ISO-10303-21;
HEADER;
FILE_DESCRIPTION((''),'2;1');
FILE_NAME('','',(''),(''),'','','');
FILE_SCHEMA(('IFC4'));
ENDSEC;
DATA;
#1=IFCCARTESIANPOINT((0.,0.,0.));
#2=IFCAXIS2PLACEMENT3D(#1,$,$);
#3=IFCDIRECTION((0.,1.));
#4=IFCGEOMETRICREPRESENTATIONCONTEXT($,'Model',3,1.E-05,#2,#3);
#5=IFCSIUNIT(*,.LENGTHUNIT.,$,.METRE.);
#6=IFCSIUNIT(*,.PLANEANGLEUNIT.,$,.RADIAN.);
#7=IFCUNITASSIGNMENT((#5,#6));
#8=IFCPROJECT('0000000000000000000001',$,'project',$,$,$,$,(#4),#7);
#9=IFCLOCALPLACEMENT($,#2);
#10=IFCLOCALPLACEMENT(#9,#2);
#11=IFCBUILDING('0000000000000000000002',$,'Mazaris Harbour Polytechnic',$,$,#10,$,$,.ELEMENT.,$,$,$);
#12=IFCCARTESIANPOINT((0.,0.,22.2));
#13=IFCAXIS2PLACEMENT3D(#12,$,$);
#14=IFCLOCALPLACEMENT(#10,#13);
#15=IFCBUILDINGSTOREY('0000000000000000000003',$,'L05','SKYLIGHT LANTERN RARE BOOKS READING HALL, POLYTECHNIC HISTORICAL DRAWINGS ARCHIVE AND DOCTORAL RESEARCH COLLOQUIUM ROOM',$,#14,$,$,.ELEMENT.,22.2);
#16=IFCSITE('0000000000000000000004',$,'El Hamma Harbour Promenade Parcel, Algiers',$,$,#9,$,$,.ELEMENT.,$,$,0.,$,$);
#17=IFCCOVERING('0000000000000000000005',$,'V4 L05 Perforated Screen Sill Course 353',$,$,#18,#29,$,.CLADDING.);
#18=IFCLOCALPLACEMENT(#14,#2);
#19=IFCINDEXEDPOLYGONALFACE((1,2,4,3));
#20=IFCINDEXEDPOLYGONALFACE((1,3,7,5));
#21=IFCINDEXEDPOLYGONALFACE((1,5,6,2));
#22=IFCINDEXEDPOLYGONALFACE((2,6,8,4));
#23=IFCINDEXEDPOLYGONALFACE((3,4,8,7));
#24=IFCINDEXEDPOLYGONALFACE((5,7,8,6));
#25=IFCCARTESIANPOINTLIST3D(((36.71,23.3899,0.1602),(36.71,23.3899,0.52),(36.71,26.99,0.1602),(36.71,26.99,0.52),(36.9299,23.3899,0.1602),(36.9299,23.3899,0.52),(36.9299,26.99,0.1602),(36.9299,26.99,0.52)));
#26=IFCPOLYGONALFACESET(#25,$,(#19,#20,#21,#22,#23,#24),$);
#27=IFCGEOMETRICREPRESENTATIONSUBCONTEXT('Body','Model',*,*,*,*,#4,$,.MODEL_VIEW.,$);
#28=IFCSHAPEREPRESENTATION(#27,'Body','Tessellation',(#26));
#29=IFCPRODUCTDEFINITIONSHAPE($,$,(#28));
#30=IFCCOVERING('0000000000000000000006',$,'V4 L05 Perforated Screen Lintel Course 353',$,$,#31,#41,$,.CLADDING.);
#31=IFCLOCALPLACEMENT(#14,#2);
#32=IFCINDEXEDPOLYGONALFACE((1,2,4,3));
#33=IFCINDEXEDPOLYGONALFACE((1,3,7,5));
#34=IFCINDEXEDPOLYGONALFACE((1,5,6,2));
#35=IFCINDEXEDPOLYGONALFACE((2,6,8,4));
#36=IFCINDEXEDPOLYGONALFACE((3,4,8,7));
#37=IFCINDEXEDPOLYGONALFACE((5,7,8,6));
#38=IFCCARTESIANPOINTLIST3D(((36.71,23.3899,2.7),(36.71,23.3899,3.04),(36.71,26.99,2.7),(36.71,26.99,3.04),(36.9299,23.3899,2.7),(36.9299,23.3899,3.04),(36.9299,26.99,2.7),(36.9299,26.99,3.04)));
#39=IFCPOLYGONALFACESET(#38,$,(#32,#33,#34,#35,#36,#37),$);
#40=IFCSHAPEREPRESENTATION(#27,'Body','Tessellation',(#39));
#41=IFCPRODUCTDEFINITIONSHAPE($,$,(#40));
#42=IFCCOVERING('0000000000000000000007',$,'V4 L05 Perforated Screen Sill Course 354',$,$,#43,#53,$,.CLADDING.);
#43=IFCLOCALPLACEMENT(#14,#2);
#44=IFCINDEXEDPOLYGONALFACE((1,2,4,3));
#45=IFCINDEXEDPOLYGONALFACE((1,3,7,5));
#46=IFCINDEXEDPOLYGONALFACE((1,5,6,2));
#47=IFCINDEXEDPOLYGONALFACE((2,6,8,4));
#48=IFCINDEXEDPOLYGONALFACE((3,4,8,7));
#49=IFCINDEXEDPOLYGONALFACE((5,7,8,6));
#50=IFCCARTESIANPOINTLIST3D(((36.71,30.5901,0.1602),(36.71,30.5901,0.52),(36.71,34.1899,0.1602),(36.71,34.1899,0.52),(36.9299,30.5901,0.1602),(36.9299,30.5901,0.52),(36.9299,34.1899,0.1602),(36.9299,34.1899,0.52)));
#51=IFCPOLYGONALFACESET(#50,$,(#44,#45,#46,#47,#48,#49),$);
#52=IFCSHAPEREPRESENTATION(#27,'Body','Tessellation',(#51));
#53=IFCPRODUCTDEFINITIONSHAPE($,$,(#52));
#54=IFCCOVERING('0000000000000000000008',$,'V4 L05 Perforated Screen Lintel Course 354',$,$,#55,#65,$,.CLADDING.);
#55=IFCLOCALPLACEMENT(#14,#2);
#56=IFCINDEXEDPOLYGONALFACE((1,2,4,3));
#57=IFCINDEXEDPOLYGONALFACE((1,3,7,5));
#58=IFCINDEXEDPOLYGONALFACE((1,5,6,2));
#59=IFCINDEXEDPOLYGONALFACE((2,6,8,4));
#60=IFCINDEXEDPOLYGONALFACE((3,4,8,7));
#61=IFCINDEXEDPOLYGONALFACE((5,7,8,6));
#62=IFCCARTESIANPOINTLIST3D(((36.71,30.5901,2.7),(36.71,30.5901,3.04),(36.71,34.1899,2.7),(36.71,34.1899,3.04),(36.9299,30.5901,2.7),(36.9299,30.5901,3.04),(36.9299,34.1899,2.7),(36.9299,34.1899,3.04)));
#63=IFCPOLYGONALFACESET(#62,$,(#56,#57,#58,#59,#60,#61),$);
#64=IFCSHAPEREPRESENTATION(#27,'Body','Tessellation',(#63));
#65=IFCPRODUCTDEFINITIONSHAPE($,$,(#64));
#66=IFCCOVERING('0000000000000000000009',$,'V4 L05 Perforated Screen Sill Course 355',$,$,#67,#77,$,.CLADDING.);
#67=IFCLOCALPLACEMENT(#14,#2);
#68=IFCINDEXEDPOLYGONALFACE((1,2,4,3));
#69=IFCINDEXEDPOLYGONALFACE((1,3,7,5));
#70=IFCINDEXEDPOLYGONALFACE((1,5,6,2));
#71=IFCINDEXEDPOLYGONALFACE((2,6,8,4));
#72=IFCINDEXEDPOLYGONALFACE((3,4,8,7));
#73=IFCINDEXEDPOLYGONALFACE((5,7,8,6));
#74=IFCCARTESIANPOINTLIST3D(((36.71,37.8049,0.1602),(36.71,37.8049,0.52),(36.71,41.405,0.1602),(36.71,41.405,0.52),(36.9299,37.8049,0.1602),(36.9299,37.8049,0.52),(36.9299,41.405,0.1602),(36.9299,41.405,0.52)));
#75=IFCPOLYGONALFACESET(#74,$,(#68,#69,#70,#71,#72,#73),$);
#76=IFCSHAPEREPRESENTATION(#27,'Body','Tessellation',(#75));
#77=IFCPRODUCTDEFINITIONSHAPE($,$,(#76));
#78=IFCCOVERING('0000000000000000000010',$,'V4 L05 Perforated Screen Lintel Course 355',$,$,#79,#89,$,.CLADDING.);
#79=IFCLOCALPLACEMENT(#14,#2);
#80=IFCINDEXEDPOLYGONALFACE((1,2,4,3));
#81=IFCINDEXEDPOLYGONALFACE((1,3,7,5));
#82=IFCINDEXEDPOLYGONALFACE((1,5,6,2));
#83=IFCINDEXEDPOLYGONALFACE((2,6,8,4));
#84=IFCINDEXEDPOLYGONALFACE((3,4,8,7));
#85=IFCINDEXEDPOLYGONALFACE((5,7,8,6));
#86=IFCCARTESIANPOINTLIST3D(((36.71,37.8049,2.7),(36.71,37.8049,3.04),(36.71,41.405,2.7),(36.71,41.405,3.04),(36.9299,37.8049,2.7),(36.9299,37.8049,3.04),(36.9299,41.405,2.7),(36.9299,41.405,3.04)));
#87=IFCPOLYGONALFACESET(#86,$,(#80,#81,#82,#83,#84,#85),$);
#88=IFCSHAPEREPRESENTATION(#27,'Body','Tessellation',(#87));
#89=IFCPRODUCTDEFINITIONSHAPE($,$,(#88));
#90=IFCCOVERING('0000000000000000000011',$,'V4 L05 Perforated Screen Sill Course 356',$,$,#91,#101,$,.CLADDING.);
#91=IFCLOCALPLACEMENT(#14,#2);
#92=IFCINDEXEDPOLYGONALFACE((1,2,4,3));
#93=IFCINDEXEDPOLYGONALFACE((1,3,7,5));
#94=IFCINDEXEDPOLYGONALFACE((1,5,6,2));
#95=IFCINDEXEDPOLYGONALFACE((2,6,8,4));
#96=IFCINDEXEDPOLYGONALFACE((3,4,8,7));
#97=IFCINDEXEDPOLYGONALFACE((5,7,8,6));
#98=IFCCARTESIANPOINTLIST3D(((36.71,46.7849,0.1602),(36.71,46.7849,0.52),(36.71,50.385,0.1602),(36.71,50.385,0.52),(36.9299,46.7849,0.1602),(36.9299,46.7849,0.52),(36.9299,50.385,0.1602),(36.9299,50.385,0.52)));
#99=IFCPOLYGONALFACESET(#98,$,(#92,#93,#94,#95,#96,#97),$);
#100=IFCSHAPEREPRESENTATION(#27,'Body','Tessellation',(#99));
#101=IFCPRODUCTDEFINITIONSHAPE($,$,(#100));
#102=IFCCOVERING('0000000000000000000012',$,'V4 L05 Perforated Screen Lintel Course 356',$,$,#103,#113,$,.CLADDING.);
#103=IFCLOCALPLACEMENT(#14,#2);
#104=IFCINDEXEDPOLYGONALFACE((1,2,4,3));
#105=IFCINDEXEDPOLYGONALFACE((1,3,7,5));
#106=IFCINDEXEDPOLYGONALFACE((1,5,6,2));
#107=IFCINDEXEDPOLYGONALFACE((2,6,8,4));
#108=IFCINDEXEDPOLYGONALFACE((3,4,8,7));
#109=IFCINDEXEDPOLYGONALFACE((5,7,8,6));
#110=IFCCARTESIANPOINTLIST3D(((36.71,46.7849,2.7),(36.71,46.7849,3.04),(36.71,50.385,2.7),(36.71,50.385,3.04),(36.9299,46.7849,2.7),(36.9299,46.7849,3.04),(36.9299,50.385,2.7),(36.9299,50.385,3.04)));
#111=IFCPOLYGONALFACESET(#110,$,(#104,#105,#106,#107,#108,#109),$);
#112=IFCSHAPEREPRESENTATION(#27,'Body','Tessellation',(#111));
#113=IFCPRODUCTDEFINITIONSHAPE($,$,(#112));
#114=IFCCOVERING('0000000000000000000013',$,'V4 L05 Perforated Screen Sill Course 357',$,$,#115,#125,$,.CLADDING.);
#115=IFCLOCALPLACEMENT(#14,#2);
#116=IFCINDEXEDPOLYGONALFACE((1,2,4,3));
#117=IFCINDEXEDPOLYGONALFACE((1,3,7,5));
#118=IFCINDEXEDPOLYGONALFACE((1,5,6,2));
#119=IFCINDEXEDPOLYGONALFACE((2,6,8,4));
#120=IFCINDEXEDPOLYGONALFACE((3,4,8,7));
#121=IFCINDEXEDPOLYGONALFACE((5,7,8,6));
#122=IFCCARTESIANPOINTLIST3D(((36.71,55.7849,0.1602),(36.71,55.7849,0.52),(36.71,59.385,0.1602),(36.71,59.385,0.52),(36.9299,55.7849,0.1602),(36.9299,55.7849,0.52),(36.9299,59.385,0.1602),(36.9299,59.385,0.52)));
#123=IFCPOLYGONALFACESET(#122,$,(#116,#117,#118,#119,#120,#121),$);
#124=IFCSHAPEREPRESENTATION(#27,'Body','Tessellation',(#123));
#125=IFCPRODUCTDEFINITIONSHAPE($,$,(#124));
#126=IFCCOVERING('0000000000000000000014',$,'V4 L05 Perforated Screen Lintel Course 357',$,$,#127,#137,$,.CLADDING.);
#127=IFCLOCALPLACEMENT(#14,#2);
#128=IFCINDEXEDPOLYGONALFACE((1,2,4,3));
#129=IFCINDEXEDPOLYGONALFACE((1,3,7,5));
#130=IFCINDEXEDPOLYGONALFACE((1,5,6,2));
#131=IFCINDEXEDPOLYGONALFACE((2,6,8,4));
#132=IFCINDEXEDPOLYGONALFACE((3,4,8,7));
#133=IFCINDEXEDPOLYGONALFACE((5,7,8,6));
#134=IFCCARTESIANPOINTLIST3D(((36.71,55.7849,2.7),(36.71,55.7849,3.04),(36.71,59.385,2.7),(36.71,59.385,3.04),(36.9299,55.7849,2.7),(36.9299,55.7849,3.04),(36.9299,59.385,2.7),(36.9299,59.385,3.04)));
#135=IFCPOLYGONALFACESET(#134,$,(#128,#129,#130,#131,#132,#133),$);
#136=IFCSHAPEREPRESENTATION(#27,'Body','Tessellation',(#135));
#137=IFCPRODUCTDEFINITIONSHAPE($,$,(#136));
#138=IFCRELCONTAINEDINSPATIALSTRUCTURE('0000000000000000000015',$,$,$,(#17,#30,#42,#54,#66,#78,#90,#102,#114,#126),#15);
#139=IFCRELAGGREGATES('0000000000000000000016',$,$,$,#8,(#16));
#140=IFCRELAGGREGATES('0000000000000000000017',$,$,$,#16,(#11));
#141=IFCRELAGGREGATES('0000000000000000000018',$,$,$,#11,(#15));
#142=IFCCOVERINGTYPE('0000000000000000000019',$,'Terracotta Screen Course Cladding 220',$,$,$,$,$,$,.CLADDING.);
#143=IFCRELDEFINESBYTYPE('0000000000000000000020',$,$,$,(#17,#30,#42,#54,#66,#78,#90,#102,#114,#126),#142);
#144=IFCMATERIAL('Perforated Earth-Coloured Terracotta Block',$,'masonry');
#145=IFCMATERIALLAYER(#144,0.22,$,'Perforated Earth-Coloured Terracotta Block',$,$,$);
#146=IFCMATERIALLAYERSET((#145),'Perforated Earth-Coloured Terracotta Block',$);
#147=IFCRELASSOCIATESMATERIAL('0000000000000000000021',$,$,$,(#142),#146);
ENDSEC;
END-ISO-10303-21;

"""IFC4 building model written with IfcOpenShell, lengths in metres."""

from ifc_helpers import new_model, si_unit, direction, frame, origin, place, context, subcontext, project, spatial, polyline, outline, extrude, material, layer, layer_set, type_object, element, save


model = new_model("IFC4")

# Units and contexts
model_context = context("Model", 3, precision=1e-05, world=origin(), true_north=direction((0.0, 1.0)))
body_context = subcontext(model_context, "Body", "Model", "MODEL_VIEW")
ifc_project = project(units=[si_unit("LENGTHUNIT", "METRE"), si_unit("PLANEANGLEUNIT", "RADIAN")], contexts=[model_context])

# Site, building, storey
site_placement = place(None, origin())
site = spatial("IfcSite", under=ifc_project, at=site_placement, Name="El Hamma Harbour Promenade Parcel, Algiers", CompositionType="ELEMENT", RefElevation=0.0)
building_placement = place(site_placement, origin())
building = spatial("IfcBuilding", under=site, at=building_placement, Name="Mazaris Harbour Polytechnic", CompositionType="ELEMENT")
storey_placement = place(building_placement, frame((0.0, 0.0, 22.2)))
storey = spatial("IfcBuildingStorey", under=building, at=storey_placement, Name="L05", Description="SKYLIGHT LANTERN RARE BOOKS READING HALL, POLYTECHNIC HISTORICAL DRAWINGS ARCHIVE AND DOCTORAL RESEARCH COLLOQUIUM ROOM", CompositionType="ELEMENT", Elevation=22.2)

# Coverings
ifc_material_1 = material(Name="Perforated Earth-Coloured Terracotta Block", Category="masonry")
ifc_layer_1 = layer(ifc_material_1, 0.22, Name="Perforated Earth-Coloured Terracotta Block")
ifc_layer_set_1 = layer_set([ifc_layer_1], Name="Perforated Earth-Coloured Terracotta Block")
covering_type_1 = type_object("IfcCoveringType", Name="Terracotta Screen Course Cladding 220", PredefinedType="CLADDING", material=ifc_layer_set_1)
covering_1_placement = place(storey_placement, frame((0.0, 0.0, 0.1602)))
element("IfcCovering", 1, at=covering_1_placement, inside=storey, type_object=covering_type_1, Name="V4 L05 Perforated Screen Sill Course 353", PredefinedType="CLADDING", context=body_context, shape_type="SweptSolid", body=[
    extrude(outline(polyline([(36.71, 26.99), (36.71, 23.3899), (36.9299, 23.3899), (36.9299, 26.99), (36.71, 26.99)])), origin(), (0.0, 0.0, 1.0), 0.3599),
])
covering_2_placement = place(storey_placement, frame((0.0, 0.0, 2.7)))
element("IfcCovering", 2, at=covering_2_placement, inside=storey, type_object=covering_type_1, Name="V4 L05 Perforated Screen Lintel Course 353", PredefinedType="CLADDING", context=body_context, shape_type="SweptSolid", body=[
    extrude(outline(polyline([(36.71, 26.99), (36.71, 23.3899), (36.9299, 23.3899), (36.9299, 26.99), (36.71, 26.99)])), origin(), (0.0, 0.0, 1.0), 0.3401),
])
covering_3_placement = place(storey_placement, frame((0.0, 0.0, 0.1602)))
element("IfcCovering", 3, at=covering_3_placement, inside=storey, type_object=covering_type_1, Name="V4 L05 Perforated Screen Sill Course 354", PredefinedType="CLADDING", context=body_context, shape_type="SweptSolid", body=[
    extrude(outline(polyline([(36.71, 34.1899), (36.71, 30.5901), (36.9299, 30.5901), (36.9299, 34.1899), (36.71, 34.1899)])), origin(), (0.0, 0.0, 1.0), 0.3599),
])
covering_4_placement = place(storey_placement, frame((0.0, 0.0, 2.7)))
element("IfcCovering", 4, at=covering_4_placement, inside=storey, type_object=covering_type_1, Name="V4 L05 Perforated Screen Lintel Course 354", PredefinedType="CLADDING", context=body_context, shape_type="SweptSolid", body=[
    extrude(outline(polyline([(36.71, 34.1899), (36.71, 30.5901), (36.9299, 30.5901), (36.9299, 34.1899), (36.71, 34.1899)])), origin(), (0.0, 0.0, 1.0), 0.3401),
])
covering_5_placement = place(storey_placement, frame((0.0, 0.0, 0.1602)))
element("IfcCovering", 5, at=covering_5_placement, inside=storey, type_object=covering_type_1, Name="V4 L05 Perforated Screen Sill Course 355", PredefinedType="CLADDING", context=body_context, shape_type="SweptSolid", body=[
    extrude(outline(polyline([(36.71, 41.405), (36.71, 37.8049), (36.9299, 37.8049), (36.9299, 41.405), (36.71, 41.405)])), origin(), (0.0, 0.0, 1.0), 0.3599),
])
covering_6_placement = place(storey_placement, frame((0.0, 0.0, 2.7)))
element("IfcCovering", 6, at=covering_6_placement, inside=storey, type_object=covering_type_1, Name="V4 L05 Perforated Screen Lintel Course 355", PredefinedType="CLADDING", context=body_context, shape_type="SweptSolid", body=[
    extrude(outline(polyline([(36.71, 41.405), (36.71, 37.8049), (36.9299, 37.8049), (36.9299, 41.405), (36.71, 41.405)])), origin(), (0.0, 0.0, 1.0), 0.3401),
])
covering_7_placement = place(storey_placement, frame((0.0, 0.0, 0.1602)))
element("IfcCovering", 7, at=covering_7_placement, inside=storey, type_object=covering_type_1, Name="V4 L05 Perforated Screen Sill Course 356", PredefinedType="CLADDING", context=body_context, shape_type="SweptSolid", body=[
    extrude(outline(polyline([(36.71, 50.385), (36.71, 46.7849), (36.9299, 46.7849), (36.9299, 50.385), (36.71, 50.385)])), origin(), (0.0, 0.0, 1.0), 0.3599),
])
covering_8_placement = place(storey_placement, frame((0.0, 0.0, 2.7)))
element("IfcCovering", 8, at=covering_8_placement, inside=storey, type_object=covering_type_1, Name="V4 L05 Perforated Screen Lintel Course 356", PredefinedType="CLADDING", context=body_context, shape_type="SweptSolid", body=[
    extrude(outline(polyline([(36.71, 50.385), (36.71, 46.7849), (36.9299, 46.7849), (36.9299, 50.385), (36.71, 50.385)])), origin(), (0.0, 0.0, 1.0), 0.3401),
])
covering_9_placement = place(storey_placement, frame((0.0, 0.0, 0.1602)))
element("IfcCovering", 9, at=covering_9_placement, inside=storey, type_object=covering_type_1, Name="V4 L05 Perforated Screen Sill Course 357", PredefinedType="CLADDING", context=body_context, shape_type="SweptSolid", body=[
    extrude(outline(polyline([(36.71, 59.385), (36.71, 55.7849), (36.9299, 55.7849), (36.9299, 59.385), (36.71, 59.385)])), origin(), (0.0, 0.0, 1.0), 0.3599),
])
covering_10_placement = place(storey_placement, frame((0.0, 0.0, 2.7)))
element("IfcCovering", 10, at=covering_10_placement, inside=storey, type_object=covering_type_1, Name="V4 L05 Perforated Screen Lintel Course 357", PredefinedType="CLADDING", context=body_context, shape_type="SweptSolid", body=[
    extrude(outline(polyline([(36.71, 59.385), (36.71, 55.7849), (36.9299, 55.7849), (36.9299, 59.385), (36.71, 59.385)])), origin(), (0.0, 0.0, 1.0), 0.3401),
])

save(model, "model.ifc")
